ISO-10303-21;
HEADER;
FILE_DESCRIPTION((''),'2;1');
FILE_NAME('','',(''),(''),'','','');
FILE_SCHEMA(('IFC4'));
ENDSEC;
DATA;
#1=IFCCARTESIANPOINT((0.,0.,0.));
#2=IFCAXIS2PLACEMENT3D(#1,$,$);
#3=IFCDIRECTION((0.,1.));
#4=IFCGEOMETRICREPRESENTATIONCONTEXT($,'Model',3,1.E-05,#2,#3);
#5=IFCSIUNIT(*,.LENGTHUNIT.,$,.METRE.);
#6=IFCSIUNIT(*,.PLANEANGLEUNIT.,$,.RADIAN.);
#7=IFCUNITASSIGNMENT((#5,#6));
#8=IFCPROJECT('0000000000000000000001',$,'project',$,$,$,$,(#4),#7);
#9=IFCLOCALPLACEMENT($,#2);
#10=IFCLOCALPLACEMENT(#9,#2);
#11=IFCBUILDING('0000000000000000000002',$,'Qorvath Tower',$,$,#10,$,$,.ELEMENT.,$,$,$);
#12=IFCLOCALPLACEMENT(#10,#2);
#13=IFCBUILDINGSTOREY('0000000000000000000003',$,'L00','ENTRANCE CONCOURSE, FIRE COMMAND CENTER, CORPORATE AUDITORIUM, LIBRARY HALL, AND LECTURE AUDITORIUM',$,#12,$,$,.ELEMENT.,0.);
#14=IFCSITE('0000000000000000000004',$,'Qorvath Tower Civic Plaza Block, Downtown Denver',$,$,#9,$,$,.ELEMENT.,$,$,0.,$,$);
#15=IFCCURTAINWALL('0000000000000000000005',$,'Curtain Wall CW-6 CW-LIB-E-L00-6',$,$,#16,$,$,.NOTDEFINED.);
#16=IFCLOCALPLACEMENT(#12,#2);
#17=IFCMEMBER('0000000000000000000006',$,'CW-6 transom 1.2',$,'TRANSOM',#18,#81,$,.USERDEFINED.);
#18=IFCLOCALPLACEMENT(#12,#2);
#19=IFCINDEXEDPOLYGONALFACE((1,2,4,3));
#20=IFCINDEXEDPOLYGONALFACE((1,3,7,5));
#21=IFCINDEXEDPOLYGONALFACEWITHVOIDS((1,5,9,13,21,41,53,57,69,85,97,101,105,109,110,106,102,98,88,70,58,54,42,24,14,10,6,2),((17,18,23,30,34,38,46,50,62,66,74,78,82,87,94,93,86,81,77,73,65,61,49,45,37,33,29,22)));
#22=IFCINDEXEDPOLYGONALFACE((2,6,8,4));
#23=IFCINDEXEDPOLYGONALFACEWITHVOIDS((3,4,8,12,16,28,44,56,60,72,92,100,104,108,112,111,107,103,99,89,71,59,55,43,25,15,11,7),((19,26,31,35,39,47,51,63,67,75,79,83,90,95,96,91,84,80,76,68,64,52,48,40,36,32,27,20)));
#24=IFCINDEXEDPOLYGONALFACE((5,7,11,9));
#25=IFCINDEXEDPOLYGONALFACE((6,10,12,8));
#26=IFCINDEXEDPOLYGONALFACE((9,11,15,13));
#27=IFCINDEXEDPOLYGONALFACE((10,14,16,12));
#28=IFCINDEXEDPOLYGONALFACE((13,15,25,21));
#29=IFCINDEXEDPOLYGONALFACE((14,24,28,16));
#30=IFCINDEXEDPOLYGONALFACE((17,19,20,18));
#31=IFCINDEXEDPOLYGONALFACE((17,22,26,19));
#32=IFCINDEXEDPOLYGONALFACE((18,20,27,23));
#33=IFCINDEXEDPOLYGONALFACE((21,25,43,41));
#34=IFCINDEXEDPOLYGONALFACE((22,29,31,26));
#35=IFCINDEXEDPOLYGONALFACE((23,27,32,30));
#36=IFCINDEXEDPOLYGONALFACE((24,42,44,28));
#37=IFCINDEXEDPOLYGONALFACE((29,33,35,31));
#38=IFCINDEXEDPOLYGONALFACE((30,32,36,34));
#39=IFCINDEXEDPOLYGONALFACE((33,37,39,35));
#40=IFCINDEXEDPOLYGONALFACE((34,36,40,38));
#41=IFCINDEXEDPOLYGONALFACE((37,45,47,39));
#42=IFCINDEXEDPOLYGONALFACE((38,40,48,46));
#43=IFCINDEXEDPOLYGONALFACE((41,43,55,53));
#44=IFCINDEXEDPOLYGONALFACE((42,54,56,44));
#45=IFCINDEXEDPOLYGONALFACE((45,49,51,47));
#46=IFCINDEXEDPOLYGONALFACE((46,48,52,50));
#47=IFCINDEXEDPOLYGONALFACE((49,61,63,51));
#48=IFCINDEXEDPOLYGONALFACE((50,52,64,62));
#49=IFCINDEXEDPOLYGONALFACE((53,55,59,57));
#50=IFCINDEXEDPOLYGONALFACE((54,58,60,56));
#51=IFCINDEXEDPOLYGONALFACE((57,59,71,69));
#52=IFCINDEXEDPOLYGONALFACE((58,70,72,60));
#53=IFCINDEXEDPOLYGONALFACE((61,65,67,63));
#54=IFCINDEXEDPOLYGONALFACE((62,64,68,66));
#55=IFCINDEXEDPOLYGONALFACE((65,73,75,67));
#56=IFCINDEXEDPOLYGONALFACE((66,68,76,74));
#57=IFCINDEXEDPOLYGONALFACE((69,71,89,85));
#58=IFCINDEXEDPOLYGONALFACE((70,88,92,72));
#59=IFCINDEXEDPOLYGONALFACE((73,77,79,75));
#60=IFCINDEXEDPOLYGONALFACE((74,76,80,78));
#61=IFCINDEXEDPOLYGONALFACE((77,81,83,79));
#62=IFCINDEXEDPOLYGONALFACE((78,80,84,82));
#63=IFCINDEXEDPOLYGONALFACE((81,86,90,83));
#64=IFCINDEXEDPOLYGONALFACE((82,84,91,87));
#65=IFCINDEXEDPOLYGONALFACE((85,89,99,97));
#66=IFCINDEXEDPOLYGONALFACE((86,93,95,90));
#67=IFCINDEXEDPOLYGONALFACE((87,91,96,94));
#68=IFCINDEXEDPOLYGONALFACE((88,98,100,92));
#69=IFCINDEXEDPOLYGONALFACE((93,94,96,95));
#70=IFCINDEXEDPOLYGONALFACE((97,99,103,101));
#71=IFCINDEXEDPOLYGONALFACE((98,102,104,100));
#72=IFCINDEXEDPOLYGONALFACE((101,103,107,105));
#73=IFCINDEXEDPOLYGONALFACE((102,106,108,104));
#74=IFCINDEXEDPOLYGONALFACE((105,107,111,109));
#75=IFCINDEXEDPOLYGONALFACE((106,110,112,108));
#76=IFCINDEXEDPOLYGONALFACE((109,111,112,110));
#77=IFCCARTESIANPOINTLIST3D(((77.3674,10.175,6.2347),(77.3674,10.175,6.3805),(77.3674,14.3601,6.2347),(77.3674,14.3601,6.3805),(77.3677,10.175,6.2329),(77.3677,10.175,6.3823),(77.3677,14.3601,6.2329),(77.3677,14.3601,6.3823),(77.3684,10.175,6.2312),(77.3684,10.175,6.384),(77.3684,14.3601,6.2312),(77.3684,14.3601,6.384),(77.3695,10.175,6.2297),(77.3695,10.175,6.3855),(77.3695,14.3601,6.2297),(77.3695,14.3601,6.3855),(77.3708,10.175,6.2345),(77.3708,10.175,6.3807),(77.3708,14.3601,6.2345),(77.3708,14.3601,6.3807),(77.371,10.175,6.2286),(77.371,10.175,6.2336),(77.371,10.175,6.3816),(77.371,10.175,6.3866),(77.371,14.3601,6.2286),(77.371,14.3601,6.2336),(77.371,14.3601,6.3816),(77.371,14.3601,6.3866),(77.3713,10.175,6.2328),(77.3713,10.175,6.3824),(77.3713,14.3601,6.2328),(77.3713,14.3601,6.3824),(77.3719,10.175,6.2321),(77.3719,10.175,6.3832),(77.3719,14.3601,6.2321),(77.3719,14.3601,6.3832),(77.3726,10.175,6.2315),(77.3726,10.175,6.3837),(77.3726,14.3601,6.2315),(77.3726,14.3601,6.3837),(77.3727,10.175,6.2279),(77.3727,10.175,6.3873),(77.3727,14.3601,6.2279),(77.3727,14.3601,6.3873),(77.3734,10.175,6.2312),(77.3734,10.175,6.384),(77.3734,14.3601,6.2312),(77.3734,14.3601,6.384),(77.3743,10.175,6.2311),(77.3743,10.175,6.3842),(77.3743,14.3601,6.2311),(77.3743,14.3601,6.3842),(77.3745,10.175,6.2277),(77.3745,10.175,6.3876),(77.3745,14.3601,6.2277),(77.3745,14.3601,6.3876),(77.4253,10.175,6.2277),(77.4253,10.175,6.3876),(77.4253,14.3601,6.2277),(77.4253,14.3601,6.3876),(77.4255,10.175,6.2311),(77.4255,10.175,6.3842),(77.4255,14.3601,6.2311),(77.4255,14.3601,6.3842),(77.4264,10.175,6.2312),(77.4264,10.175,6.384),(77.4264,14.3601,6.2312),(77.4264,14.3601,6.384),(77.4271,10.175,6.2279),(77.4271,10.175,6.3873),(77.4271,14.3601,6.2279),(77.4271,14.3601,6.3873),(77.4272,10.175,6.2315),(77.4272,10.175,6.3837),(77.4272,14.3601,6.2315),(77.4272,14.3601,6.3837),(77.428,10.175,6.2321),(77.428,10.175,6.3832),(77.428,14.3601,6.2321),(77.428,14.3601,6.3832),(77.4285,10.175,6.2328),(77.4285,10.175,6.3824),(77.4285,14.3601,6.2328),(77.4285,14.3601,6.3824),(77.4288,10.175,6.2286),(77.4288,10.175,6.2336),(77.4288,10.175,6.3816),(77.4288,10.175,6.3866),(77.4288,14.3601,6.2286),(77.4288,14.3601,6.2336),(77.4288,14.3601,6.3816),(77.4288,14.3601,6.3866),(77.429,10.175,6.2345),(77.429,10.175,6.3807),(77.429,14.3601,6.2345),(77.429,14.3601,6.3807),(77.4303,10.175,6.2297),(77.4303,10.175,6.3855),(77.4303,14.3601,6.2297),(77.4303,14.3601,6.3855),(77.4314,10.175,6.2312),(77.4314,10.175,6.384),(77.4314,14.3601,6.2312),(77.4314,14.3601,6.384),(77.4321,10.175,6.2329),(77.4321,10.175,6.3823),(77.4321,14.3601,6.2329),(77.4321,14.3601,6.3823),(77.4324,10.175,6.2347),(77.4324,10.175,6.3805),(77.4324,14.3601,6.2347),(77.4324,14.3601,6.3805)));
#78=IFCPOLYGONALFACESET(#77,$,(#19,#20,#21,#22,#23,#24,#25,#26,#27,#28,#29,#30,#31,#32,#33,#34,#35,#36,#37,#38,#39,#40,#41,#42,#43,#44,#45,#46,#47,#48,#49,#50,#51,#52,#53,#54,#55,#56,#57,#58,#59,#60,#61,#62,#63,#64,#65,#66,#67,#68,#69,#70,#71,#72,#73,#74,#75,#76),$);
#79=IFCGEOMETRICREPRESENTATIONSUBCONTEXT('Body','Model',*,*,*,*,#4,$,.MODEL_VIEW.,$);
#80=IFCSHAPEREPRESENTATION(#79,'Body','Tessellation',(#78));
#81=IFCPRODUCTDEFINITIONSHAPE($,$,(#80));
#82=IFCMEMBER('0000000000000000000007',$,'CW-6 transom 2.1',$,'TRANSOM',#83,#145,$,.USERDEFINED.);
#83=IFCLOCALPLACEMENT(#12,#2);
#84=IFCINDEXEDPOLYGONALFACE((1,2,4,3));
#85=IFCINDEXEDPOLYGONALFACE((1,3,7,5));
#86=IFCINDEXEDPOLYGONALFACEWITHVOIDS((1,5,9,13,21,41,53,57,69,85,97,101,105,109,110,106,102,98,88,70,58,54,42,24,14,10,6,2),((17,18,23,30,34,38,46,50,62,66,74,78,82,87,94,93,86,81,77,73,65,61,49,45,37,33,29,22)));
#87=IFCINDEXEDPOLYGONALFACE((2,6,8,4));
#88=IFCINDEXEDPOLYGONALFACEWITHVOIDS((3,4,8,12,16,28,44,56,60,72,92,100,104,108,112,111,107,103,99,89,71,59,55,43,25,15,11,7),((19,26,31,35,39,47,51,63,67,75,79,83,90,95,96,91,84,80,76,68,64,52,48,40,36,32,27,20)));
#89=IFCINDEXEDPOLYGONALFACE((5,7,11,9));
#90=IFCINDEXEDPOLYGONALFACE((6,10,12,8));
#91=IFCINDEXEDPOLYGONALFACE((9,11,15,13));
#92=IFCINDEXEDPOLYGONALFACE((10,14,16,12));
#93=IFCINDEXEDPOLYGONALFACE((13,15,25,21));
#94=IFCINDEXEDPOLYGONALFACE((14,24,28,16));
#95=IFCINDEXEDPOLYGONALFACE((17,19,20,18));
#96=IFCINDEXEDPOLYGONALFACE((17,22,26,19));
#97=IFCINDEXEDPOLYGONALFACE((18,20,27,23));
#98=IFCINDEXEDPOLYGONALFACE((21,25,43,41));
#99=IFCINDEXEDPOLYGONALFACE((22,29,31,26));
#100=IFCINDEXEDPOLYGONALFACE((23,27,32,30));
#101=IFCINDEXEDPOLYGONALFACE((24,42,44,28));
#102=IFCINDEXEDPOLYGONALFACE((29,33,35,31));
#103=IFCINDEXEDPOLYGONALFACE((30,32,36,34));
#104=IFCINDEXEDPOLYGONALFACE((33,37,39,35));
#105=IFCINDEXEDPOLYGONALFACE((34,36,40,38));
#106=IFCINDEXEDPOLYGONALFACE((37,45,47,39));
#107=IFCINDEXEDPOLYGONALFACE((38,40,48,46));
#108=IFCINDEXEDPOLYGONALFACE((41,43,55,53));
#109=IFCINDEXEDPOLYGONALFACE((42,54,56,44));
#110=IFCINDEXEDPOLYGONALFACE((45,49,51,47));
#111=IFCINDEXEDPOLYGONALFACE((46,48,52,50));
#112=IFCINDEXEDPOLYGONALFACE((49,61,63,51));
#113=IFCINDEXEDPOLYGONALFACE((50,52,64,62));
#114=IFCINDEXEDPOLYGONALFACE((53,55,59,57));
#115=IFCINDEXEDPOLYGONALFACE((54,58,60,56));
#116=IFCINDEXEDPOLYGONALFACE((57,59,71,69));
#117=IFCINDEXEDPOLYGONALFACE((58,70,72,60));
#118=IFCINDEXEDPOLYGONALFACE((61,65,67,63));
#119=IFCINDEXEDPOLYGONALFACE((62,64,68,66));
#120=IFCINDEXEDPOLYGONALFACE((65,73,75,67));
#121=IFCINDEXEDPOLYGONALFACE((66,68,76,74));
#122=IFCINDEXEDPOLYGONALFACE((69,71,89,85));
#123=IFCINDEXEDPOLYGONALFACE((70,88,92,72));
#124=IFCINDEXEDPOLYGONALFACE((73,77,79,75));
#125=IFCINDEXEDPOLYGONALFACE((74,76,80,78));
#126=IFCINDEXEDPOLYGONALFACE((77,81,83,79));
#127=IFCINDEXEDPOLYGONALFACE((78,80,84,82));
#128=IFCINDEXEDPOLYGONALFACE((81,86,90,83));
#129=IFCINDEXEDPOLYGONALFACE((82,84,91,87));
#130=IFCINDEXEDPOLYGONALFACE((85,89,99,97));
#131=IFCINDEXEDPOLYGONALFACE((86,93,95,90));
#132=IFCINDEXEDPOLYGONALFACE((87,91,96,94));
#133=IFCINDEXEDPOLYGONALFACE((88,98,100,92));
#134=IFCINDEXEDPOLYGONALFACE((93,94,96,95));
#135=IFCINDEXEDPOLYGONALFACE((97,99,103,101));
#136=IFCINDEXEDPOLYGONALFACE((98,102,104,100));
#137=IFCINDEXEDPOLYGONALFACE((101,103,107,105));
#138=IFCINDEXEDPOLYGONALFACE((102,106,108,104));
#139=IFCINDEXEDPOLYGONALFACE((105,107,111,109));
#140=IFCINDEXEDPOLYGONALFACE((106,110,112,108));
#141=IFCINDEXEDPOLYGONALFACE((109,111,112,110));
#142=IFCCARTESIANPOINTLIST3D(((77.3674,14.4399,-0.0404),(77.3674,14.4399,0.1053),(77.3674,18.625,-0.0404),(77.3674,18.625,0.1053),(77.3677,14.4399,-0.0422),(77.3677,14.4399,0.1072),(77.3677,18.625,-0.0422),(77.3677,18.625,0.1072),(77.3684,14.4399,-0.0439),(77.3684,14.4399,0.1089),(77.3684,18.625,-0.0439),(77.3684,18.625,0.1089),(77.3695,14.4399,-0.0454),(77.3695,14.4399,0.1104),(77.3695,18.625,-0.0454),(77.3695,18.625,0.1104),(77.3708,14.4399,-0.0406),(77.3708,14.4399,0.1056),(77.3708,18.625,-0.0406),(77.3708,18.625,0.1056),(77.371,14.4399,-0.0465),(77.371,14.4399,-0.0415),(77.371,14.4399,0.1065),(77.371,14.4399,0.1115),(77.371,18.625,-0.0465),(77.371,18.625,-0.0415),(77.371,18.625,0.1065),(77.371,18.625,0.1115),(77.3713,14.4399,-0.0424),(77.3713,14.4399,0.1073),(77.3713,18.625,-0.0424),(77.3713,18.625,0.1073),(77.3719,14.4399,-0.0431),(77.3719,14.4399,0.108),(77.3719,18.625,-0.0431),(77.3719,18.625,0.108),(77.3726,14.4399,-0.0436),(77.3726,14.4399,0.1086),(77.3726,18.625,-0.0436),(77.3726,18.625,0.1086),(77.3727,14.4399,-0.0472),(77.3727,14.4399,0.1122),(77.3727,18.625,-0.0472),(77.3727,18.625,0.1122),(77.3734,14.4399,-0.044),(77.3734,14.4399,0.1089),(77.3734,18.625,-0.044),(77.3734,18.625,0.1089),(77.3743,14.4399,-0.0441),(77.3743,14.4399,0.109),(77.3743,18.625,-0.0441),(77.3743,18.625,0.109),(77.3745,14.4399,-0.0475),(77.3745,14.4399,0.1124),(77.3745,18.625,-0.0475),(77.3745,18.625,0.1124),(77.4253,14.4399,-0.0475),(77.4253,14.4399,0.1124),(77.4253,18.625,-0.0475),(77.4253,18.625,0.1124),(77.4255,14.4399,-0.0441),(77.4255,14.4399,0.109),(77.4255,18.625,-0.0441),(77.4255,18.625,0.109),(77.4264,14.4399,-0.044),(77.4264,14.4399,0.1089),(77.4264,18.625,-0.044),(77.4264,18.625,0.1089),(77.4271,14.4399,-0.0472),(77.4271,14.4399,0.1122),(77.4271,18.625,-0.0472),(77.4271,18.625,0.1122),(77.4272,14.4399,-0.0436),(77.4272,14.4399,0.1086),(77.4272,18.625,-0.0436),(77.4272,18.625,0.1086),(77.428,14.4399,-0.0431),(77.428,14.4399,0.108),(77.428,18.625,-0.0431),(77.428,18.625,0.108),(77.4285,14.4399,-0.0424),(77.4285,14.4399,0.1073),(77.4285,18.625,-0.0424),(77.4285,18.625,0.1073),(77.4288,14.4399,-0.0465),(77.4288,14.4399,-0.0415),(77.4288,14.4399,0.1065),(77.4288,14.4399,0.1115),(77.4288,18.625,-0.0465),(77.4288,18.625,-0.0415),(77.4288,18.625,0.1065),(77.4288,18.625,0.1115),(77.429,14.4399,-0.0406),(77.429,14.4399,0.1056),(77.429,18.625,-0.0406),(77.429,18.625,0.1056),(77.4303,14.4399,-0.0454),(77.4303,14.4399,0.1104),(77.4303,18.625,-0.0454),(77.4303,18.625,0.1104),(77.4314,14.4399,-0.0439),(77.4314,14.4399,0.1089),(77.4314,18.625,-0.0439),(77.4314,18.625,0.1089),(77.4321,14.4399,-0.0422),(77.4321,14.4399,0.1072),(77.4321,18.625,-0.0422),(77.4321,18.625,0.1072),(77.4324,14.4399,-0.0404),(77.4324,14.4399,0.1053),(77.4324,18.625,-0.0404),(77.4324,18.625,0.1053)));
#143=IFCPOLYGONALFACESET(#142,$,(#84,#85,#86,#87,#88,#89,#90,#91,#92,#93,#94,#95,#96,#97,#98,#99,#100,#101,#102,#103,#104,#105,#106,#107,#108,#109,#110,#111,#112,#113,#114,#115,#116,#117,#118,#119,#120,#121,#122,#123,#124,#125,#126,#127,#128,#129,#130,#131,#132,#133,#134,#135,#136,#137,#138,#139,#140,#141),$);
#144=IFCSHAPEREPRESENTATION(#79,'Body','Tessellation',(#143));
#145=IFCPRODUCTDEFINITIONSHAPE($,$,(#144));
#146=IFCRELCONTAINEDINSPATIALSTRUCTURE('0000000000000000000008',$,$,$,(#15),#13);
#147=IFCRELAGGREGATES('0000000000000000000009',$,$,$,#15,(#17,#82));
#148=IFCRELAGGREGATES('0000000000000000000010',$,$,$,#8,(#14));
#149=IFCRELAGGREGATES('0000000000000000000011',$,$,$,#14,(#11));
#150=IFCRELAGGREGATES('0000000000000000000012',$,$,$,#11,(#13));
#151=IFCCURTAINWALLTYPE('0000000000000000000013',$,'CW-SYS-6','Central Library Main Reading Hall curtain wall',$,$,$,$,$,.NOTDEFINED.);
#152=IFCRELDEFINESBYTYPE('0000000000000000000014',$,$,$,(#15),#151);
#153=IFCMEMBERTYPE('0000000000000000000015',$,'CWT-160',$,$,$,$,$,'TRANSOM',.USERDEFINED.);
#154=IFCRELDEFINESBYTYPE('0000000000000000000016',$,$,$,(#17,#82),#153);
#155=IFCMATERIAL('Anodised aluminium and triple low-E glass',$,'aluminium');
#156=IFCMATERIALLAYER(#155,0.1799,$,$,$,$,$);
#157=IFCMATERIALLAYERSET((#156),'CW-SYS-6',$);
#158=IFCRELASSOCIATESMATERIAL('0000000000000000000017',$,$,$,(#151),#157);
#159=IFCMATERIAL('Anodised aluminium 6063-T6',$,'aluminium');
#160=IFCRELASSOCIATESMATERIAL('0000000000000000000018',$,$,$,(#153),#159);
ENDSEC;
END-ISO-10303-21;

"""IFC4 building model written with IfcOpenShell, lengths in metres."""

from ifc_helpers import new_model, si_unit, direction, frame, origin, origin_2d, place, context, subcontext, project, spatial, hollow_rectangle, extrude, material, layer, layer_set, material_profile, profile_set, type_object, element, aggregate, save


model = new_model("IFC4")

# Units and contexts
model_context = context("Model", 3, precision=1e-05, world=origin(), true_north=direction((0.0, 1.0)))
body_context = subcontext(model_context, "Body", "Model", "MODEL_VIEW")
ifc_project = project(units=[si_unit("LENGTHUNIT", "METRE"), si_unit("PLANEANGLEUNIT", "RADIAN")], contexts=[model_context])

# Site, building, storey
site_placement = place(None, origin())
site = spatial("IfcSite", under=ifc_project, at=site_placement, Name="Qorvath Tower Civic Plaza Block, Downtown Denver", CompositionType="ELEMENT", RefElevation=0.0)
building_placement = place(site_placement, origin())
building = spatial("IfcBuilding", under=site, at=building_placement, Name="Qorvath Tower", CompositionType="ELEMENT")
storey_placement = place(building_placement, origin())
storey = spatial("IfcBuildingStorey", under=building, at=storey_placement, Name="L00", Description="ENTRANCE CONCOURSE, FIRE COMMAND CENTER, CORPORATE AUDITORIUM, LIBRARY HALL, AND LECTURE AUDITORIUM", CompositionType="ELEMENT", Elevation=0.0)

# Curtain wall
ifc_material_1 = material(Name="Anodised aluminium and triple low-E glass", Category="aluminium")
ifc_layer_1 = layer(ifc_material_1, 0.1799)
ifc_layer_set_1 = layer_set([ifc_layer_1], Name="CW-SYS-6")
curtain_wall_type = type_object("IfcCurtainWallType", Name="CW-SYS-6", Description="Central Library Main Reading Hall curtain wall", PredefinedType="NOTDEFINED", material=ifc_layer_set_1)
curtain_wall_1_placement = place(storey_placement, origin())
curtain_wall_1 = element("IfcCurtainWall", 1, at=curtain_wall_1_placement, inside=storey, type_object=curtain_wall_type, Name="Curtain Wall CW-6 CW-LIB-E-L00-6", PredefinedType="NOTDEFINED")

# Members
ifc_material_2 = material(Name="Anodised aluminium 6063-T6", Category="aluminium")
ifc_material_profile_1 = material_profile(ifc_material_2, hollow_rectangle(XDim=0.0649, YDim=0.1599, WallThickness=0.0034, InnerFilletRadius=0.0034, OuterFilletRadius=0.0071, at=origin_2d()), Name="CWT 160x65")
ifc_profile_set_1 = profile_set([ifc_material_profile_1], Name="Anodised aluminium 6063-T6")
member_type_1 = type_object("IfcMemberType", Name="CWT-160", ElementType="TRANSOM", PredefinedType="USERDEFINED", material=ifc_profile_set_1)
member_1_placement = place(storey_placement, frame((77.3999, 10.175, 6.3076), z_axis=(0.0, 1.0, 0.0), x_axis=(-1.0, 0.0, 0.0)))
member_1 = element("IfcMember", 2, at=member_1_placement, type_object=member_type_1, Name="CW-6 transom 1.2", ObjectType="TRANSOM", PredefinedType="USERDEFINED", context=body_context, shape_type="SweptSolid", body=[
    extrude(hollow_rectangle(XDim=0.0649, YDim=0.1599, WallThickness=0.0034, InnerFilletRadius=0.0034, OuterFilletRadius=0.0071, at=origin_2d()), origin(), (0.0, 0.0, 1.0), 4.1851),
])
member_2_placement = place(storey_placement, frame((77.3999, 14.4399, 0.0325), z_axis=(0.0, 1.0, 0.0), x_axis=(-1.0, 0.0, 0.0)))
member_2 = element("IfcMember", 3, at=member_2_placement, type_object=member_type_1, Name="CW-6 transom 2.1", ObjectType="TRANSOM", PredefinedType="USERDEFINED", context=body_context, shape_type="SweptSolid", body=[
    extrude(hollow_rectangle(XDim=0.0649, YDim=0.1599, WallThickness=0.0034, InnerFilletRadius=0.0034, OuterFilletRadius=0.0071, at=origin_2d()), origin(), (0.0, 0.0, 1.0), 4.1851),
])

aggregate(curtain_wall_1, [member_1, member_2])

save(model, "model.ifc")
